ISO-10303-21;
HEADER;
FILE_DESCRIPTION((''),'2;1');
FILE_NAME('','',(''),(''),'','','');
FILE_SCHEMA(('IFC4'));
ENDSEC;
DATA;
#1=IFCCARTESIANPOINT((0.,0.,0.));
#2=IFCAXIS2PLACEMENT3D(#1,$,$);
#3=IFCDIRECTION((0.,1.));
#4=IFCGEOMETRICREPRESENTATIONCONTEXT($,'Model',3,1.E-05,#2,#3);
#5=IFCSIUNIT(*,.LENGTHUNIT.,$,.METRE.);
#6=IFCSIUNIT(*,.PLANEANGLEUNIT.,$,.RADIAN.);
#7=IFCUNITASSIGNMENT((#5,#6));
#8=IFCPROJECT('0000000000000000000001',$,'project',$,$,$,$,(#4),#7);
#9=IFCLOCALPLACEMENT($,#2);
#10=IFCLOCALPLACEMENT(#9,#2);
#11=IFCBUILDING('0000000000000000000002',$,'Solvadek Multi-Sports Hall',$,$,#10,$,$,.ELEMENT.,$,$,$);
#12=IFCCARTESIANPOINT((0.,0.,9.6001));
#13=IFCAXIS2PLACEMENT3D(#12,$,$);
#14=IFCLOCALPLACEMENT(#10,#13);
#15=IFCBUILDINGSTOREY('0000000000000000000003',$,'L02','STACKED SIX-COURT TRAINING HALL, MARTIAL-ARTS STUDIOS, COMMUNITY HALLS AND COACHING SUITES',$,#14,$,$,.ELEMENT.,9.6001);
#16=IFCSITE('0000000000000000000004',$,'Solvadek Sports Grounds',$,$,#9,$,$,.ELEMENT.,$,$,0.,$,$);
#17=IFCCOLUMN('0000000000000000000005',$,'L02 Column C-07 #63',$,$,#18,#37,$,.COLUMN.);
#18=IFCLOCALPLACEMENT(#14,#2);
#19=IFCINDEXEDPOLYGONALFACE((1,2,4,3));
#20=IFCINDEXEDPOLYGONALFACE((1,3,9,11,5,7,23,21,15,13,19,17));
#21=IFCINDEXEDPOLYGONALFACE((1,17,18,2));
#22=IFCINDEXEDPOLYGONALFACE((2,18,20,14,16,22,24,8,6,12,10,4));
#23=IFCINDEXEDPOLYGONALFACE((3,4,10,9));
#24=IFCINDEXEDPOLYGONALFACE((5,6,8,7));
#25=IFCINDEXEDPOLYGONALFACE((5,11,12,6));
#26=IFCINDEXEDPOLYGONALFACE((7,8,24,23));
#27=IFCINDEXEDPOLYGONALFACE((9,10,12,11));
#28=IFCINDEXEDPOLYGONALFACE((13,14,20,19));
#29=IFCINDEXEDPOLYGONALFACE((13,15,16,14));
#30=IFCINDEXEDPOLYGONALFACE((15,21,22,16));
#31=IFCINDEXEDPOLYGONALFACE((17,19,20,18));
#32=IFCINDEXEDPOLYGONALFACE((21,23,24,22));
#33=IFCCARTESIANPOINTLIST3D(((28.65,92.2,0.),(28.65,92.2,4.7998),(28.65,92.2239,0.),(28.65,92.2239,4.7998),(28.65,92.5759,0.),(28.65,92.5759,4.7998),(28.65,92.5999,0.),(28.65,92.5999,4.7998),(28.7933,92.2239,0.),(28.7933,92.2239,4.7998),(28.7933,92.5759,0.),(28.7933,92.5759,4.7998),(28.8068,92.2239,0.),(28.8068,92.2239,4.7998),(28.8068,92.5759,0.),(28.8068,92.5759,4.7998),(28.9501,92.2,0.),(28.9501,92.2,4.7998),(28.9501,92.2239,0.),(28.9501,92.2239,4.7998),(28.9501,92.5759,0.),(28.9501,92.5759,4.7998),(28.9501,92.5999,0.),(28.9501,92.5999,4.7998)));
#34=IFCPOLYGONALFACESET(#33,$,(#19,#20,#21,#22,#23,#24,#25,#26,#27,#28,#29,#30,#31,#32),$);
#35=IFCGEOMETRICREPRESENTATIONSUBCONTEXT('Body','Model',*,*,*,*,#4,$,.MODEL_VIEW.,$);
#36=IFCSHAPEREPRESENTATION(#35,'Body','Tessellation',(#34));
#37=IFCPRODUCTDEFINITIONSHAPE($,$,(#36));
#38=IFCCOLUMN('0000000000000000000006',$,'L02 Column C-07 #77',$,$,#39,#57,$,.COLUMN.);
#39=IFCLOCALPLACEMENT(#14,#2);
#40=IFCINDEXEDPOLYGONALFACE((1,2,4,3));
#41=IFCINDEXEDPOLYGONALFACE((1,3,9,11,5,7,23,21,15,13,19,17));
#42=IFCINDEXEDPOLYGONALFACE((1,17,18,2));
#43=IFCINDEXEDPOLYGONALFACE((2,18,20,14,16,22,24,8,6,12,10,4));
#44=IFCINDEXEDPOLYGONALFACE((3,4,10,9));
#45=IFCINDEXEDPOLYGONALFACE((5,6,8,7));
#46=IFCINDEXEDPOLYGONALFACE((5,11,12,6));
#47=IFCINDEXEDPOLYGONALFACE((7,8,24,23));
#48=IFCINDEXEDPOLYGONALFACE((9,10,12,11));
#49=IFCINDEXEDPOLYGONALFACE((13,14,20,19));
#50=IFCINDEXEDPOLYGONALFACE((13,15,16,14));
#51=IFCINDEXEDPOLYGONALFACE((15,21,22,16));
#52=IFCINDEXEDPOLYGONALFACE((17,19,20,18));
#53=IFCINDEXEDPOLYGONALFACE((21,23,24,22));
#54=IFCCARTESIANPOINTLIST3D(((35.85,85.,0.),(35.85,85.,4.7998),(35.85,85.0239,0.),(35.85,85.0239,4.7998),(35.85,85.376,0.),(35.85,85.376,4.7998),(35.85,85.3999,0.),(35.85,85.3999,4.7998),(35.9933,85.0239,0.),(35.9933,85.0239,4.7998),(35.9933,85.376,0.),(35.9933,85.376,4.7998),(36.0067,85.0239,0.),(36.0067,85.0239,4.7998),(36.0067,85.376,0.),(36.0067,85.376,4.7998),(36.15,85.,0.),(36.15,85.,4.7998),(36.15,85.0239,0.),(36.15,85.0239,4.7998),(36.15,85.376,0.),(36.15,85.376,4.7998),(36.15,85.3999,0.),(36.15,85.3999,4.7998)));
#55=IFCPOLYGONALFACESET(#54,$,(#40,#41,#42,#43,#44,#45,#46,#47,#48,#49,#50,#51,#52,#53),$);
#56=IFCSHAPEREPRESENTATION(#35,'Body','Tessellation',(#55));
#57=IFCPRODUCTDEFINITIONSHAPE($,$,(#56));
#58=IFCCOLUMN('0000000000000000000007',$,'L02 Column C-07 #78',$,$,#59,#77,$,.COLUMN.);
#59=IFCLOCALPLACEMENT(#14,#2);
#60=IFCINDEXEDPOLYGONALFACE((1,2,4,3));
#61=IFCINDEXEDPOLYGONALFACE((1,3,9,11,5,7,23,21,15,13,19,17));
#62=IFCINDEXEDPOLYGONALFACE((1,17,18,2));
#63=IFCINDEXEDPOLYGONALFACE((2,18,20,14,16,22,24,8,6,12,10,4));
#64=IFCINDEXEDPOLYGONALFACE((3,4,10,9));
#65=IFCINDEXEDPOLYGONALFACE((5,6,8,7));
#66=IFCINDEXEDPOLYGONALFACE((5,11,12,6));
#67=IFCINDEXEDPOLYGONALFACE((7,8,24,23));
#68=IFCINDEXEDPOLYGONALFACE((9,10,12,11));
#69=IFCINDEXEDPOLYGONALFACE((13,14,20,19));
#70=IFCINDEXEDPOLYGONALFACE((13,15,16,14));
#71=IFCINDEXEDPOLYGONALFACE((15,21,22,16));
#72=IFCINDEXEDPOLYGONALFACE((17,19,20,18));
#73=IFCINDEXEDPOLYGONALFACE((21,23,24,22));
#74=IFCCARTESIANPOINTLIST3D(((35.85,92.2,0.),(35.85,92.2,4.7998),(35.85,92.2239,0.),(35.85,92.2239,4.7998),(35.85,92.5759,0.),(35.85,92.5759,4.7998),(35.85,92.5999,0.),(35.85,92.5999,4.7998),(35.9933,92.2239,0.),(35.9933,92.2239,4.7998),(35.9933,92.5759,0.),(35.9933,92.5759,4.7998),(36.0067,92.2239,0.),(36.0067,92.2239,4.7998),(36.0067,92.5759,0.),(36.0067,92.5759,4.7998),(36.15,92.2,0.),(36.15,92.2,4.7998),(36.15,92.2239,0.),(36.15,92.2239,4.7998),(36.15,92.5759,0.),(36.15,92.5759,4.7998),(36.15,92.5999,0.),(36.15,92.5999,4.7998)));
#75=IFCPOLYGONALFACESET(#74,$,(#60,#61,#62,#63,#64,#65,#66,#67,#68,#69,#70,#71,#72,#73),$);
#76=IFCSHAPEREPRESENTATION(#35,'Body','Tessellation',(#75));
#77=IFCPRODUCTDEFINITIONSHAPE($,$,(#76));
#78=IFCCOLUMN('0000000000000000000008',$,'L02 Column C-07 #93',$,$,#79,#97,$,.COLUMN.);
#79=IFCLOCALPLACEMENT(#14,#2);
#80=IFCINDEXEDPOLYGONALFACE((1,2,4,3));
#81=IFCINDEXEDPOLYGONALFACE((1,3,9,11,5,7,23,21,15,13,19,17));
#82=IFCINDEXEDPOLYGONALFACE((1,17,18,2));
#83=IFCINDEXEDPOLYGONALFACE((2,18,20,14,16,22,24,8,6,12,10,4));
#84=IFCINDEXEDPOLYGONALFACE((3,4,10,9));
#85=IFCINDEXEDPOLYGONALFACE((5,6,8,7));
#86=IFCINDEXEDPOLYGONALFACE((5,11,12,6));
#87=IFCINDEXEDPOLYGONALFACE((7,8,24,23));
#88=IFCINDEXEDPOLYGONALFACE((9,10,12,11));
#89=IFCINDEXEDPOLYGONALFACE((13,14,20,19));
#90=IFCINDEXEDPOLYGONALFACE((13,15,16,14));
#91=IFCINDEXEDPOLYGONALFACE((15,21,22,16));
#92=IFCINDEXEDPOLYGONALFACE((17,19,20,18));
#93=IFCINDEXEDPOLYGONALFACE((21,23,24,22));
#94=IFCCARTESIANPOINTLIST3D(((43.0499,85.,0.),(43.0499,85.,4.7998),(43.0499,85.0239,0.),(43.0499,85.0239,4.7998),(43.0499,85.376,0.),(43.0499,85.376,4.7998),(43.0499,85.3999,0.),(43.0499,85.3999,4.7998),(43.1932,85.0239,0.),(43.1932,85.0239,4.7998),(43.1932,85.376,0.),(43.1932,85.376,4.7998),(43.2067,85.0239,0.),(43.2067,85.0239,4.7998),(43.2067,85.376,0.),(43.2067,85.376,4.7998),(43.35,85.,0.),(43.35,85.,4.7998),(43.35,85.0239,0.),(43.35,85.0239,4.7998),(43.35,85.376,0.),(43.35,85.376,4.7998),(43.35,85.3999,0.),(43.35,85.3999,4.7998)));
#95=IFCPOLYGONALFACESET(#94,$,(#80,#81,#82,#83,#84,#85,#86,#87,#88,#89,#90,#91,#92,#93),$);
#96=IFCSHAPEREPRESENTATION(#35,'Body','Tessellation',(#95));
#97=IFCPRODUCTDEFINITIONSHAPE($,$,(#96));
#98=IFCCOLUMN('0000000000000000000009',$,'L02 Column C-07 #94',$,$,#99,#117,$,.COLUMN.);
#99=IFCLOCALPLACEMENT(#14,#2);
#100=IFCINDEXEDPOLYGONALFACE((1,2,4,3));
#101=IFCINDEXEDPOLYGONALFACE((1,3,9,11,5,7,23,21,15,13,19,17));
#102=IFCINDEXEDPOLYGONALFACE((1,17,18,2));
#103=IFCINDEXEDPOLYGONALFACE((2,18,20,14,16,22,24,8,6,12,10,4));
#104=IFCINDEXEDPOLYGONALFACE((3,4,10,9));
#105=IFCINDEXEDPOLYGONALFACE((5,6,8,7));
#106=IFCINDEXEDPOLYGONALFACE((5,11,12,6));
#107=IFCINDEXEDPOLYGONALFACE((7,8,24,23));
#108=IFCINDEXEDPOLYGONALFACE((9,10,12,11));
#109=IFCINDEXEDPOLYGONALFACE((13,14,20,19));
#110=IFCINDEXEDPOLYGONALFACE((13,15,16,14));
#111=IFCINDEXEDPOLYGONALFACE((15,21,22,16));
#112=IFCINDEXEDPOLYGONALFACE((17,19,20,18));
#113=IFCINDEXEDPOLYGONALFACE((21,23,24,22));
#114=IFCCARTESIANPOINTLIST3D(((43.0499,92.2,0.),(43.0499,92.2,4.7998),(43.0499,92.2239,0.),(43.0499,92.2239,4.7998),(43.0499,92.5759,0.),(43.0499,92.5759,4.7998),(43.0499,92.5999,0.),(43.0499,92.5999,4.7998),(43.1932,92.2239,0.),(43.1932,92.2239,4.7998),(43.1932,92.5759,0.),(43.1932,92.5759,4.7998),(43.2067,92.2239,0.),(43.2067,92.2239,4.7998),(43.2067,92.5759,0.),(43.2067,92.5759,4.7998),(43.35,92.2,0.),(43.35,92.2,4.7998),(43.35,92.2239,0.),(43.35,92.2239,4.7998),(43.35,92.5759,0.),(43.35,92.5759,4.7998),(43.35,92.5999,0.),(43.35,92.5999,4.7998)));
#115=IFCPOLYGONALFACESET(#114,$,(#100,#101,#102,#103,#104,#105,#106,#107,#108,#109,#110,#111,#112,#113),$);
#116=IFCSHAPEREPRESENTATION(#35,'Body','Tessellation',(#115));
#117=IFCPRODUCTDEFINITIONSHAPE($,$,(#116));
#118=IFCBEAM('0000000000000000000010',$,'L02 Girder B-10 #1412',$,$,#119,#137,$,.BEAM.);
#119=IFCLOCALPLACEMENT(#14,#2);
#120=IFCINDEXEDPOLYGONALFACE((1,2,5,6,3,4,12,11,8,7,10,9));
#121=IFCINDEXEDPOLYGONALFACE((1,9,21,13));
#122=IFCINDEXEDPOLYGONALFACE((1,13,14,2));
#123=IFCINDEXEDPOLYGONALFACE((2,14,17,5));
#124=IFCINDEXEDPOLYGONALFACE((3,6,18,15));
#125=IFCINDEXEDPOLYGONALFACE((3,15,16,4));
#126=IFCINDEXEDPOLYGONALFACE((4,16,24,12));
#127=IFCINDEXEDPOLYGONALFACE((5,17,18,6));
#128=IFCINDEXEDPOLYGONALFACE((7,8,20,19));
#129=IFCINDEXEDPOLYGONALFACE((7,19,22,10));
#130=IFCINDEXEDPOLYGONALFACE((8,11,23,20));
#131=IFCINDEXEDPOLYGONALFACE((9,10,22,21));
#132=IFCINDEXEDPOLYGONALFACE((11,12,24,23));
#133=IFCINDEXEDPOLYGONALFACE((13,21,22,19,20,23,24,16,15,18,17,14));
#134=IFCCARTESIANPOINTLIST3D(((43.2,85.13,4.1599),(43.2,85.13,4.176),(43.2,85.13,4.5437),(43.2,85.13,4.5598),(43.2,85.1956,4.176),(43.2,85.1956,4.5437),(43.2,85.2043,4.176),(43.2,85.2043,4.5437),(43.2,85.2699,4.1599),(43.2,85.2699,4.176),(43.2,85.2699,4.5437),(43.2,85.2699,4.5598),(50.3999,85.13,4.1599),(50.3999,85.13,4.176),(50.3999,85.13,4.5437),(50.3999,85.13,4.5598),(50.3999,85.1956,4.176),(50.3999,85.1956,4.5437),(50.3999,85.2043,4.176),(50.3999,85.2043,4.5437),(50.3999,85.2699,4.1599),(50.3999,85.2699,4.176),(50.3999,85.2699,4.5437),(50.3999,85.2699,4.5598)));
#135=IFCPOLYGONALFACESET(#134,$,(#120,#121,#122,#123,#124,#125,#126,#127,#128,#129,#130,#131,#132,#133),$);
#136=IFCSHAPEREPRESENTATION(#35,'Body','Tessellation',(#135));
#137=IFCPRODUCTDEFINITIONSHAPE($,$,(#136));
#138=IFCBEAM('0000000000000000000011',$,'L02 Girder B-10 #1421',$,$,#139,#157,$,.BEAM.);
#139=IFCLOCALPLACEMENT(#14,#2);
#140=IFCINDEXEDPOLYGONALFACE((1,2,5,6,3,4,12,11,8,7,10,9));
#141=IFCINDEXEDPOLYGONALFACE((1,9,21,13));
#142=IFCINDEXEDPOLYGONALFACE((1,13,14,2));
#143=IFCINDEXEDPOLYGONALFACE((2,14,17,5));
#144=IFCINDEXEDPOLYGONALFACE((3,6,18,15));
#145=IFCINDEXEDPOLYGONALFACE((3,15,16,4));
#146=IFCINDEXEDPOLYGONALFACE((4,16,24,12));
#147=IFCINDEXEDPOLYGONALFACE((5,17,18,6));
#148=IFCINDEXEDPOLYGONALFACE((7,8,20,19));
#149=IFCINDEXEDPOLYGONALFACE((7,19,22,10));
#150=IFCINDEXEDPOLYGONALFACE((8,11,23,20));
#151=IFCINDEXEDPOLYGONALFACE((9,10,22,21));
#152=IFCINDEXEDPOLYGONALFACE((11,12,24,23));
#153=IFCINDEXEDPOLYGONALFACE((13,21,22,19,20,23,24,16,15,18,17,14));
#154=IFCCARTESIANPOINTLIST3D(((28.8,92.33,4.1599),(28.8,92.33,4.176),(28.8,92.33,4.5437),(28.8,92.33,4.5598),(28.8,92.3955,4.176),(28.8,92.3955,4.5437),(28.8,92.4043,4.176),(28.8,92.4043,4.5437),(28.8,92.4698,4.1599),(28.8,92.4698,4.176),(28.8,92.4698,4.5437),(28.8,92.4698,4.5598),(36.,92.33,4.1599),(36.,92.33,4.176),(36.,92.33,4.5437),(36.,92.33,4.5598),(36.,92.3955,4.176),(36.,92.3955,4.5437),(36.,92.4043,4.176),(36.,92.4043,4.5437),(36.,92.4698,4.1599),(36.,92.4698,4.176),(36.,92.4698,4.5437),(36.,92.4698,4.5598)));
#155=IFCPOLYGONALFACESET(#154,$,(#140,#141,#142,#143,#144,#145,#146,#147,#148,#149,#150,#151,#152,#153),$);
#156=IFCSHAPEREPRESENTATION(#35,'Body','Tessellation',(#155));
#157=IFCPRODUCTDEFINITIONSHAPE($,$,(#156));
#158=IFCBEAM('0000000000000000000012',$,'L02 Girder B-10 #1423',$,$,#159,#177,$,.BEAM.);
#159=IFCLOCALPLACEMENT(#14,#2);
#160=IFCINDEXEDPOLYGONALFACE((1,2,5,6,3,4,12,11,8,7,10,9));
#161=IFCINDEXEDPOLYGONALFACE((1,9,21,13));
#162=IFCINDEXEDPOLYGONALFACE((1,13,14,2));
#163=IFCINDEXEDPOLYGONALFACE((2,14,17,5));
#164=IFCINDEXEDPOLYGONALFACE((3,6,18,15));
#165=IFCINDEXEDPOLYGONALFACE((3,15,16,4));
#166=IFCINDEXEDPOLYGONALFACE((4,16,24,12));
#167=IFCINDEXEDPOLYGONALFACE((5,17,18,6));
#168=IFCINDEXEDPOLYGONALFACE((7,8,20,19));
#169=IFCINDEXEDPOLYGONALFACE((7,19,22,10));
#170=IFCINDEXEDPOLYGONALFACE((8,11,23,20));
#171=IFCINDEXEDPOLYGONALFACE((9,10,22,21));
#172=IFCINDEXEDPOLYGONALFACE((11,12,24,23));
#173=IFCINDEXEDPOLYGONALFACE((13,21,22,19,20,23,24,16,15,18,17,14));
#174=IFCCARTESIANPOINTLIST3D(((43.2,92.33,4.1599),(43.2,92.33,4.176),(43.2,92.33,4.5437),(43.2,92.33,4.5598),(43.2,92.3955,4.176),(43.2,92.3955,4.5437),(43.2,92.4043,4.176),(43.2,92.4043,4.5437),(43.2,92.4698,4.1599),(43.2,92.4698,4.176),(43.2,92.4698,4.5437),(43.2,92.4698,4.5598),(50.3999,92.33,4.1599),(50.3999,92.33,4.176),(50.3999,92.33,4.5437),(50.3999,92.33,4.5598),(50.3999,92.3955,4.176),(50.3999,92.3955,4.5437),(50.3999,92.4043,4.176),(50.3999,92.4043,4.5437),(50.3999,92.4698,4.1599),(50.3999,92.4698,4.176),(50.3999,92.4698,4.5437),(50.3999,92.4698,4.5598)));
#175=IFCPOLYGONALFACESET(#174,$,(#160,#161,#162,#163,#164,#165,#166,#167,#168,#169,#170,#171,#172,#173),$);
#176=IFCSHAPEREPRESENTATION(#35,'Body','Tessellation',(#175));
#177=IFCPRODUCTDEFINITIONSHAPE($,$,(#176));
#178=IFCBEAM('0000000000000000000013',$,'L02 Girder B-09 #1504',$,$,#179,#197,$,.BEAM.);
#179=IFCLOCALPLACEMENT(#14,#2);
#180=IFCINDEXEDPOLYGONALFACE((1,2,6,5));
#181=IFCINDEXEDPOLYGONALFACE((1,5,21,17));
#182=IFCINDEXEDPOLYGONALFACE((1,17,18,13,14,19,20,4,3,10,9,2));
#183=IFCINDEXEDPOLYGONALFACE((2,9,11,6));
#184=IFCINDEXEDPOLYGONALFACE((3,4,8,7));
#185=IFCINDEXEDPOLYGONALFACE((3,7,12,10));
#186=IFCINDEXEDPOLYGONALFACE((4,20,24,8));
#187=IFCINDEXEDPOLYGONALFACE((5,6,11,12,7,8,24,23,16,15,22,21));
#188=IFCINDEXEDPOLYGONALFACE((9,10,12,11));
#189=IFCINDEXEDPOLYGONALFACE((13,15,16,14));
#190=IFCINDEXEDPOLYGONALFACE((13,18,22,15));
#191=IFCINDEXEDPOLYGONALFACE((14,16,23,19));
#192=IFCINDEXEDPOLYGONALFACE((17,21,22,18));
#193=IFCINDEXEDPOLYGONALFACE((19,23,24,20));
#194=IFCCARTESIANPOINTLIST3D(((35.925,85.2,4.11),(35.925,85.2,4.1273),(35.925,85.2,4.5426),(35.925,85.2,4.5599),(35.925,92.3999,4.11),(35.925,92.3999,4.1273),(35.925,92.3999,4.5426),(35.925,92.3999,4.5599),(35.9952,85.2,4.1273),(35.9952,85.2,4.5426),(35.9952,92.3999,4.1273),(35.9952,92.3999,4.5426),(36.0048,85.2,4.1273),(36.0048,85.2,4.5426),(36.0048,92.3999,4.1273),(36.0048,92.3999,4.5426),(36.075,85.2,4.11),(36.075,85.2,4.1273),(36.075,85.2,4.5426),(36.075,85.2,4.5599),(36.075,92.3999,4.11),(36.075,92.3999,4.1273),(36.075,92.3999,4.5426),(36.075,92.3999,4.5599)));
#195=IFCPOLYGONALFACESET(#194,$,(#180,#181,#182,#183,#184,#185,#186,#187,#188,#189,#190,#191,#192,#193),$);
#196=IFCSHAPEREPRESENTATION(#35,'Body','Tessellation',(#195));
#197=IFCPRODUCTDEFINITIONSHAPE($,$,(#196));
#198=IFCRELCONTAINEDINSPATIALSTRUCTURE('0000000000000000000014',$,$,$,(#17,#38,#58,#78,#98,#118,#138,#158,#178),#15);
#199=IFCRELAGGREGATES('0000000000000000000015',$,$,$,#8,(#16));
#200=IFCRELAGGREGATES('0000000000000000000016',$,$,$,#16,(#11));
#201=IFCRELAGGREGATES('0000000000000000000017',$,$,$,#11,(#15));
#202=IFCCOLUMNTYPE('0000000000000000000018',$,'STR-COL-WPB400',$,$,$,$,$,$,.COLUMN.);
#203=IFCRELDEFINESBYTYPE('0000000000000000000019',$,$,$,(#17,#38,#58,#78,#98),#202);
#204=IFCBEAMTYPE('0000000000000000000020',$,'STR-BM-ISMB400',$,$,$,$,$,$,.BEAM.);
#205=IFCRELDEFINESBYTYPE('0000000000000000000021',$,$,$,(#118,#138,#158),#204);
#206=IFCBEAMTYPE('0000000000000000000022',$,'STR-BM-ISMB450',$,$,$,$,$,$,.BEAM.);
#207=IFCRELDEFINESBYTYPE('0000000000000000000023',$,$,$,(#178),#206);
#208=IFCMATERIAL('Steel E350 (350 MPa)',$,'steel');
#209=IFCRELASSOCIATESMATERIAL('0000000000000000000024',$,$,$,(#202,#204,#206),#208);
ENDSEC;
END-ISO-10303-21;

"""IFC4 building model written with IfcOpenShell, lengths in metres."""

from ifc_helpers import new_model, si_unit, direction, frame, origin, origin_2d, place, context, subcontext, project, spatial, i_section, extrude, material, material_profile, profile_set, type_object, element, save


model = new_model("IFC4")

# Units and contexts
model_context = context("Model", 3, precision=1e-05, world=origin(), true_north=direction((0.0, 1.0)))
body_context = subcontext(model_context, "Body", "Model", "MODEL_VIEW")
ifc_project = project(units=[si_unit("LENGTHUNIT", "METRE"), si_unit("PLANEANGLEUNIT", "RADIAN")], contexts=[model_context])

# Site, building, storey
site_placement = place(None, origin())
site = spatial("IfcSite", under=ifc_project, at=site_placement, Name="Solvadek Sports Grounds", CompositionType="ELEMENT", RefElevation=0.0)
building_placement = place(site_placement, origin())
building = spatial("IfcBuilding", under=site, at=building_placement, Name="Solvadek Multi-Sports Hall", CompositionType="ELEMENT")
storey_placement = place(building_placement, frame((0.0, 0.0, 9.6001)))
storey = spatial("IfcBuildingStorey", under=building, at=storey_placement, Name="L02", Description="STACKED SIX-COURT TRAINING HALL, MARTIAL-ARTS STUDIOS, COMMUNITY HALLS AND COACHING SUITES", CompositionType="ELEMENT", Elevation=9.6001)

# Columns
ifc_material_1 = material(Name="Steel E350 (350 MPa)", Category="steel")
ifc_material_profile_1 = material_profile(ifc_material_1, i_section(OverallWidth=0.3, OverallDepth=0.3999, WebThickness=0.0134, FlangeThickness=0.0239, at=origin_2d()), Name="WPB 400")
ifc_profile_set_1 = profile_set([ifc_material_profile_1], Name="Steel E350 (350 MPa)")
column_type = type_object("IfcColumnType", Name="STR-COL-WPB400", PredefinedType="COLUMN", material=ifc_profile_set_1)
for number, where, z_axis, x_axis, name in (
    (1, (28.8, 92.3999, 0.0), (0.0, 0.0, 1.0), (1.0, 0.0, 0.0), "L02 Column C-07 #63"),
    (2, (36.0, 85.2, 0.0), (0.0, 0.0, 1.0), (1.0, 0.0, 0.0), "L02 Column C-07 #77"),
    (3, (36.0, 92.3999, 0.0), (0.0, 0.0, 1.0), (1.0, 0.0, 0.0), "L02 Column C-07 #78"),
    (4, (43.2, 85.2, 0.0), (0.0, 0.0, 1.0), (1.0, 0.0, 0.0), "L02 Column C-07 #93"),
    (5, (43.2, 92.3999, 0.0), (0.0, 0.0, 1.0), (1.0, 0.0, 0.0), "L02 Column C-07 #94"),
):
    element("IfcColumn", number, at=place(storey_placement, frame(where, z_axis=z_axis, x_axis=x_axis)), inside=storey, type_object=column_type, Name=name, PredefinedType="COLUMN", context=body_context, shape_type="SweptSolid", body=[
        extrude(i_section(OverallWidth=0.3, OverallDepth=0.3999, WebThickness=0.0134, FlangeThickness=0.0239, at=origin_2d()), origin(), (0.0, 0.0, 1.0), 4.7998),
    ])

# Beams
ifc_material_profile_2 = material_profile(ifc_material_1, i_section(OverallWidth=0.1399, OverallDepth=0.3999, WebThickness=0.0088, FlangeThickness=0.0161, at=origin_2d()), Name="ISMB 400")
ifc_profile_set_2 = profile_set([ifc_material_profile_2], Name="Steel E350 (350 MPa)")
beam_type_1 = type_object("IfcBeamType", Name="STR-BM-ISMB400", PredefinedType="BEAM", material=ifc_profile_set_2)
for number, where, z_axis, x_axis, name in (
    (6, (43.2, 85.2, 4.3599), (1.0, 0.0, 0.0), (0.0, 1.0, 0.0), "L02 Girder B-10 #1412"),
    (7, (28.8, 92.3999, 4.3599), (1.0, 0.0, 0.0), (0.0, 1.0, 0.0), "L02 Girder B-10 #1421"),
    (8, (43.2, 92.3999, 4.3599), (1.0, 0.0, 0.0), (0.0, 1.0, 0.0), "L02 Girder B-10 #1423"),
):
    element("IfcBeam", number, at=place(storey_placement, frame(where, z_axis=z_axis, x_axis=x_axis)), inside=storey, type_object=beam_type_1, Name=name, PredefinedType="BEAM", context=body_context, shape_type="SweptSolid", body=[
        extrude(i_section(OverallWidth=0.1399, OverallDepth=0.3999, WebThickness=0.0088, FlangeThickness=0.0161, at=origin_2d()), origin(), (0.0, 0.0, 1.0), 7.2),
    ])
ifc_material_profile_3 = material_profile(ifc_material_1, i_section(OverallWidth=0.1499, OverallDepth=0.45, WebThickness=0.0095, FlangeThickness=0.0173, at=origin_2d()), Name="ISMB 450")
ifc_profile_set_3 = profile_set([ifc_material_profile_3], Name="Steel E350 (350 MPa)")
beam_type_2 = type_object("IfcBeamType", Name="STR-BM-ISMB450", PredefinedType="BEAM", material=ifc_profile_set_3)
for number, where, z_axis, x_axis, name in (
    (9, (36.0, 85.2, 4.335), (0.0, 1.0, 0.0), (-1.0, 0.0, 0.0), "L02 Girder B-09 #1504"),
):
    element("IfcBeam", number, at=place(storey_placement, frame(where, z_axis=z_axis, x_axis=x_axis)), inside=storey, type_object=beam_type_2, Name=name, PredefinedType="BEAM", context=body_context, shape_type="SweptSolid", body=[
        extrude(i_section(OverallWidth=0.1499, OverallDepth=0.45, WebThickness=0.0095, FlangeThickness=0.0173, at=origin_2d()), origin(), (0.0, 0.0, 1.0), 7.2),
    ])

save(model, "model.ifc")
